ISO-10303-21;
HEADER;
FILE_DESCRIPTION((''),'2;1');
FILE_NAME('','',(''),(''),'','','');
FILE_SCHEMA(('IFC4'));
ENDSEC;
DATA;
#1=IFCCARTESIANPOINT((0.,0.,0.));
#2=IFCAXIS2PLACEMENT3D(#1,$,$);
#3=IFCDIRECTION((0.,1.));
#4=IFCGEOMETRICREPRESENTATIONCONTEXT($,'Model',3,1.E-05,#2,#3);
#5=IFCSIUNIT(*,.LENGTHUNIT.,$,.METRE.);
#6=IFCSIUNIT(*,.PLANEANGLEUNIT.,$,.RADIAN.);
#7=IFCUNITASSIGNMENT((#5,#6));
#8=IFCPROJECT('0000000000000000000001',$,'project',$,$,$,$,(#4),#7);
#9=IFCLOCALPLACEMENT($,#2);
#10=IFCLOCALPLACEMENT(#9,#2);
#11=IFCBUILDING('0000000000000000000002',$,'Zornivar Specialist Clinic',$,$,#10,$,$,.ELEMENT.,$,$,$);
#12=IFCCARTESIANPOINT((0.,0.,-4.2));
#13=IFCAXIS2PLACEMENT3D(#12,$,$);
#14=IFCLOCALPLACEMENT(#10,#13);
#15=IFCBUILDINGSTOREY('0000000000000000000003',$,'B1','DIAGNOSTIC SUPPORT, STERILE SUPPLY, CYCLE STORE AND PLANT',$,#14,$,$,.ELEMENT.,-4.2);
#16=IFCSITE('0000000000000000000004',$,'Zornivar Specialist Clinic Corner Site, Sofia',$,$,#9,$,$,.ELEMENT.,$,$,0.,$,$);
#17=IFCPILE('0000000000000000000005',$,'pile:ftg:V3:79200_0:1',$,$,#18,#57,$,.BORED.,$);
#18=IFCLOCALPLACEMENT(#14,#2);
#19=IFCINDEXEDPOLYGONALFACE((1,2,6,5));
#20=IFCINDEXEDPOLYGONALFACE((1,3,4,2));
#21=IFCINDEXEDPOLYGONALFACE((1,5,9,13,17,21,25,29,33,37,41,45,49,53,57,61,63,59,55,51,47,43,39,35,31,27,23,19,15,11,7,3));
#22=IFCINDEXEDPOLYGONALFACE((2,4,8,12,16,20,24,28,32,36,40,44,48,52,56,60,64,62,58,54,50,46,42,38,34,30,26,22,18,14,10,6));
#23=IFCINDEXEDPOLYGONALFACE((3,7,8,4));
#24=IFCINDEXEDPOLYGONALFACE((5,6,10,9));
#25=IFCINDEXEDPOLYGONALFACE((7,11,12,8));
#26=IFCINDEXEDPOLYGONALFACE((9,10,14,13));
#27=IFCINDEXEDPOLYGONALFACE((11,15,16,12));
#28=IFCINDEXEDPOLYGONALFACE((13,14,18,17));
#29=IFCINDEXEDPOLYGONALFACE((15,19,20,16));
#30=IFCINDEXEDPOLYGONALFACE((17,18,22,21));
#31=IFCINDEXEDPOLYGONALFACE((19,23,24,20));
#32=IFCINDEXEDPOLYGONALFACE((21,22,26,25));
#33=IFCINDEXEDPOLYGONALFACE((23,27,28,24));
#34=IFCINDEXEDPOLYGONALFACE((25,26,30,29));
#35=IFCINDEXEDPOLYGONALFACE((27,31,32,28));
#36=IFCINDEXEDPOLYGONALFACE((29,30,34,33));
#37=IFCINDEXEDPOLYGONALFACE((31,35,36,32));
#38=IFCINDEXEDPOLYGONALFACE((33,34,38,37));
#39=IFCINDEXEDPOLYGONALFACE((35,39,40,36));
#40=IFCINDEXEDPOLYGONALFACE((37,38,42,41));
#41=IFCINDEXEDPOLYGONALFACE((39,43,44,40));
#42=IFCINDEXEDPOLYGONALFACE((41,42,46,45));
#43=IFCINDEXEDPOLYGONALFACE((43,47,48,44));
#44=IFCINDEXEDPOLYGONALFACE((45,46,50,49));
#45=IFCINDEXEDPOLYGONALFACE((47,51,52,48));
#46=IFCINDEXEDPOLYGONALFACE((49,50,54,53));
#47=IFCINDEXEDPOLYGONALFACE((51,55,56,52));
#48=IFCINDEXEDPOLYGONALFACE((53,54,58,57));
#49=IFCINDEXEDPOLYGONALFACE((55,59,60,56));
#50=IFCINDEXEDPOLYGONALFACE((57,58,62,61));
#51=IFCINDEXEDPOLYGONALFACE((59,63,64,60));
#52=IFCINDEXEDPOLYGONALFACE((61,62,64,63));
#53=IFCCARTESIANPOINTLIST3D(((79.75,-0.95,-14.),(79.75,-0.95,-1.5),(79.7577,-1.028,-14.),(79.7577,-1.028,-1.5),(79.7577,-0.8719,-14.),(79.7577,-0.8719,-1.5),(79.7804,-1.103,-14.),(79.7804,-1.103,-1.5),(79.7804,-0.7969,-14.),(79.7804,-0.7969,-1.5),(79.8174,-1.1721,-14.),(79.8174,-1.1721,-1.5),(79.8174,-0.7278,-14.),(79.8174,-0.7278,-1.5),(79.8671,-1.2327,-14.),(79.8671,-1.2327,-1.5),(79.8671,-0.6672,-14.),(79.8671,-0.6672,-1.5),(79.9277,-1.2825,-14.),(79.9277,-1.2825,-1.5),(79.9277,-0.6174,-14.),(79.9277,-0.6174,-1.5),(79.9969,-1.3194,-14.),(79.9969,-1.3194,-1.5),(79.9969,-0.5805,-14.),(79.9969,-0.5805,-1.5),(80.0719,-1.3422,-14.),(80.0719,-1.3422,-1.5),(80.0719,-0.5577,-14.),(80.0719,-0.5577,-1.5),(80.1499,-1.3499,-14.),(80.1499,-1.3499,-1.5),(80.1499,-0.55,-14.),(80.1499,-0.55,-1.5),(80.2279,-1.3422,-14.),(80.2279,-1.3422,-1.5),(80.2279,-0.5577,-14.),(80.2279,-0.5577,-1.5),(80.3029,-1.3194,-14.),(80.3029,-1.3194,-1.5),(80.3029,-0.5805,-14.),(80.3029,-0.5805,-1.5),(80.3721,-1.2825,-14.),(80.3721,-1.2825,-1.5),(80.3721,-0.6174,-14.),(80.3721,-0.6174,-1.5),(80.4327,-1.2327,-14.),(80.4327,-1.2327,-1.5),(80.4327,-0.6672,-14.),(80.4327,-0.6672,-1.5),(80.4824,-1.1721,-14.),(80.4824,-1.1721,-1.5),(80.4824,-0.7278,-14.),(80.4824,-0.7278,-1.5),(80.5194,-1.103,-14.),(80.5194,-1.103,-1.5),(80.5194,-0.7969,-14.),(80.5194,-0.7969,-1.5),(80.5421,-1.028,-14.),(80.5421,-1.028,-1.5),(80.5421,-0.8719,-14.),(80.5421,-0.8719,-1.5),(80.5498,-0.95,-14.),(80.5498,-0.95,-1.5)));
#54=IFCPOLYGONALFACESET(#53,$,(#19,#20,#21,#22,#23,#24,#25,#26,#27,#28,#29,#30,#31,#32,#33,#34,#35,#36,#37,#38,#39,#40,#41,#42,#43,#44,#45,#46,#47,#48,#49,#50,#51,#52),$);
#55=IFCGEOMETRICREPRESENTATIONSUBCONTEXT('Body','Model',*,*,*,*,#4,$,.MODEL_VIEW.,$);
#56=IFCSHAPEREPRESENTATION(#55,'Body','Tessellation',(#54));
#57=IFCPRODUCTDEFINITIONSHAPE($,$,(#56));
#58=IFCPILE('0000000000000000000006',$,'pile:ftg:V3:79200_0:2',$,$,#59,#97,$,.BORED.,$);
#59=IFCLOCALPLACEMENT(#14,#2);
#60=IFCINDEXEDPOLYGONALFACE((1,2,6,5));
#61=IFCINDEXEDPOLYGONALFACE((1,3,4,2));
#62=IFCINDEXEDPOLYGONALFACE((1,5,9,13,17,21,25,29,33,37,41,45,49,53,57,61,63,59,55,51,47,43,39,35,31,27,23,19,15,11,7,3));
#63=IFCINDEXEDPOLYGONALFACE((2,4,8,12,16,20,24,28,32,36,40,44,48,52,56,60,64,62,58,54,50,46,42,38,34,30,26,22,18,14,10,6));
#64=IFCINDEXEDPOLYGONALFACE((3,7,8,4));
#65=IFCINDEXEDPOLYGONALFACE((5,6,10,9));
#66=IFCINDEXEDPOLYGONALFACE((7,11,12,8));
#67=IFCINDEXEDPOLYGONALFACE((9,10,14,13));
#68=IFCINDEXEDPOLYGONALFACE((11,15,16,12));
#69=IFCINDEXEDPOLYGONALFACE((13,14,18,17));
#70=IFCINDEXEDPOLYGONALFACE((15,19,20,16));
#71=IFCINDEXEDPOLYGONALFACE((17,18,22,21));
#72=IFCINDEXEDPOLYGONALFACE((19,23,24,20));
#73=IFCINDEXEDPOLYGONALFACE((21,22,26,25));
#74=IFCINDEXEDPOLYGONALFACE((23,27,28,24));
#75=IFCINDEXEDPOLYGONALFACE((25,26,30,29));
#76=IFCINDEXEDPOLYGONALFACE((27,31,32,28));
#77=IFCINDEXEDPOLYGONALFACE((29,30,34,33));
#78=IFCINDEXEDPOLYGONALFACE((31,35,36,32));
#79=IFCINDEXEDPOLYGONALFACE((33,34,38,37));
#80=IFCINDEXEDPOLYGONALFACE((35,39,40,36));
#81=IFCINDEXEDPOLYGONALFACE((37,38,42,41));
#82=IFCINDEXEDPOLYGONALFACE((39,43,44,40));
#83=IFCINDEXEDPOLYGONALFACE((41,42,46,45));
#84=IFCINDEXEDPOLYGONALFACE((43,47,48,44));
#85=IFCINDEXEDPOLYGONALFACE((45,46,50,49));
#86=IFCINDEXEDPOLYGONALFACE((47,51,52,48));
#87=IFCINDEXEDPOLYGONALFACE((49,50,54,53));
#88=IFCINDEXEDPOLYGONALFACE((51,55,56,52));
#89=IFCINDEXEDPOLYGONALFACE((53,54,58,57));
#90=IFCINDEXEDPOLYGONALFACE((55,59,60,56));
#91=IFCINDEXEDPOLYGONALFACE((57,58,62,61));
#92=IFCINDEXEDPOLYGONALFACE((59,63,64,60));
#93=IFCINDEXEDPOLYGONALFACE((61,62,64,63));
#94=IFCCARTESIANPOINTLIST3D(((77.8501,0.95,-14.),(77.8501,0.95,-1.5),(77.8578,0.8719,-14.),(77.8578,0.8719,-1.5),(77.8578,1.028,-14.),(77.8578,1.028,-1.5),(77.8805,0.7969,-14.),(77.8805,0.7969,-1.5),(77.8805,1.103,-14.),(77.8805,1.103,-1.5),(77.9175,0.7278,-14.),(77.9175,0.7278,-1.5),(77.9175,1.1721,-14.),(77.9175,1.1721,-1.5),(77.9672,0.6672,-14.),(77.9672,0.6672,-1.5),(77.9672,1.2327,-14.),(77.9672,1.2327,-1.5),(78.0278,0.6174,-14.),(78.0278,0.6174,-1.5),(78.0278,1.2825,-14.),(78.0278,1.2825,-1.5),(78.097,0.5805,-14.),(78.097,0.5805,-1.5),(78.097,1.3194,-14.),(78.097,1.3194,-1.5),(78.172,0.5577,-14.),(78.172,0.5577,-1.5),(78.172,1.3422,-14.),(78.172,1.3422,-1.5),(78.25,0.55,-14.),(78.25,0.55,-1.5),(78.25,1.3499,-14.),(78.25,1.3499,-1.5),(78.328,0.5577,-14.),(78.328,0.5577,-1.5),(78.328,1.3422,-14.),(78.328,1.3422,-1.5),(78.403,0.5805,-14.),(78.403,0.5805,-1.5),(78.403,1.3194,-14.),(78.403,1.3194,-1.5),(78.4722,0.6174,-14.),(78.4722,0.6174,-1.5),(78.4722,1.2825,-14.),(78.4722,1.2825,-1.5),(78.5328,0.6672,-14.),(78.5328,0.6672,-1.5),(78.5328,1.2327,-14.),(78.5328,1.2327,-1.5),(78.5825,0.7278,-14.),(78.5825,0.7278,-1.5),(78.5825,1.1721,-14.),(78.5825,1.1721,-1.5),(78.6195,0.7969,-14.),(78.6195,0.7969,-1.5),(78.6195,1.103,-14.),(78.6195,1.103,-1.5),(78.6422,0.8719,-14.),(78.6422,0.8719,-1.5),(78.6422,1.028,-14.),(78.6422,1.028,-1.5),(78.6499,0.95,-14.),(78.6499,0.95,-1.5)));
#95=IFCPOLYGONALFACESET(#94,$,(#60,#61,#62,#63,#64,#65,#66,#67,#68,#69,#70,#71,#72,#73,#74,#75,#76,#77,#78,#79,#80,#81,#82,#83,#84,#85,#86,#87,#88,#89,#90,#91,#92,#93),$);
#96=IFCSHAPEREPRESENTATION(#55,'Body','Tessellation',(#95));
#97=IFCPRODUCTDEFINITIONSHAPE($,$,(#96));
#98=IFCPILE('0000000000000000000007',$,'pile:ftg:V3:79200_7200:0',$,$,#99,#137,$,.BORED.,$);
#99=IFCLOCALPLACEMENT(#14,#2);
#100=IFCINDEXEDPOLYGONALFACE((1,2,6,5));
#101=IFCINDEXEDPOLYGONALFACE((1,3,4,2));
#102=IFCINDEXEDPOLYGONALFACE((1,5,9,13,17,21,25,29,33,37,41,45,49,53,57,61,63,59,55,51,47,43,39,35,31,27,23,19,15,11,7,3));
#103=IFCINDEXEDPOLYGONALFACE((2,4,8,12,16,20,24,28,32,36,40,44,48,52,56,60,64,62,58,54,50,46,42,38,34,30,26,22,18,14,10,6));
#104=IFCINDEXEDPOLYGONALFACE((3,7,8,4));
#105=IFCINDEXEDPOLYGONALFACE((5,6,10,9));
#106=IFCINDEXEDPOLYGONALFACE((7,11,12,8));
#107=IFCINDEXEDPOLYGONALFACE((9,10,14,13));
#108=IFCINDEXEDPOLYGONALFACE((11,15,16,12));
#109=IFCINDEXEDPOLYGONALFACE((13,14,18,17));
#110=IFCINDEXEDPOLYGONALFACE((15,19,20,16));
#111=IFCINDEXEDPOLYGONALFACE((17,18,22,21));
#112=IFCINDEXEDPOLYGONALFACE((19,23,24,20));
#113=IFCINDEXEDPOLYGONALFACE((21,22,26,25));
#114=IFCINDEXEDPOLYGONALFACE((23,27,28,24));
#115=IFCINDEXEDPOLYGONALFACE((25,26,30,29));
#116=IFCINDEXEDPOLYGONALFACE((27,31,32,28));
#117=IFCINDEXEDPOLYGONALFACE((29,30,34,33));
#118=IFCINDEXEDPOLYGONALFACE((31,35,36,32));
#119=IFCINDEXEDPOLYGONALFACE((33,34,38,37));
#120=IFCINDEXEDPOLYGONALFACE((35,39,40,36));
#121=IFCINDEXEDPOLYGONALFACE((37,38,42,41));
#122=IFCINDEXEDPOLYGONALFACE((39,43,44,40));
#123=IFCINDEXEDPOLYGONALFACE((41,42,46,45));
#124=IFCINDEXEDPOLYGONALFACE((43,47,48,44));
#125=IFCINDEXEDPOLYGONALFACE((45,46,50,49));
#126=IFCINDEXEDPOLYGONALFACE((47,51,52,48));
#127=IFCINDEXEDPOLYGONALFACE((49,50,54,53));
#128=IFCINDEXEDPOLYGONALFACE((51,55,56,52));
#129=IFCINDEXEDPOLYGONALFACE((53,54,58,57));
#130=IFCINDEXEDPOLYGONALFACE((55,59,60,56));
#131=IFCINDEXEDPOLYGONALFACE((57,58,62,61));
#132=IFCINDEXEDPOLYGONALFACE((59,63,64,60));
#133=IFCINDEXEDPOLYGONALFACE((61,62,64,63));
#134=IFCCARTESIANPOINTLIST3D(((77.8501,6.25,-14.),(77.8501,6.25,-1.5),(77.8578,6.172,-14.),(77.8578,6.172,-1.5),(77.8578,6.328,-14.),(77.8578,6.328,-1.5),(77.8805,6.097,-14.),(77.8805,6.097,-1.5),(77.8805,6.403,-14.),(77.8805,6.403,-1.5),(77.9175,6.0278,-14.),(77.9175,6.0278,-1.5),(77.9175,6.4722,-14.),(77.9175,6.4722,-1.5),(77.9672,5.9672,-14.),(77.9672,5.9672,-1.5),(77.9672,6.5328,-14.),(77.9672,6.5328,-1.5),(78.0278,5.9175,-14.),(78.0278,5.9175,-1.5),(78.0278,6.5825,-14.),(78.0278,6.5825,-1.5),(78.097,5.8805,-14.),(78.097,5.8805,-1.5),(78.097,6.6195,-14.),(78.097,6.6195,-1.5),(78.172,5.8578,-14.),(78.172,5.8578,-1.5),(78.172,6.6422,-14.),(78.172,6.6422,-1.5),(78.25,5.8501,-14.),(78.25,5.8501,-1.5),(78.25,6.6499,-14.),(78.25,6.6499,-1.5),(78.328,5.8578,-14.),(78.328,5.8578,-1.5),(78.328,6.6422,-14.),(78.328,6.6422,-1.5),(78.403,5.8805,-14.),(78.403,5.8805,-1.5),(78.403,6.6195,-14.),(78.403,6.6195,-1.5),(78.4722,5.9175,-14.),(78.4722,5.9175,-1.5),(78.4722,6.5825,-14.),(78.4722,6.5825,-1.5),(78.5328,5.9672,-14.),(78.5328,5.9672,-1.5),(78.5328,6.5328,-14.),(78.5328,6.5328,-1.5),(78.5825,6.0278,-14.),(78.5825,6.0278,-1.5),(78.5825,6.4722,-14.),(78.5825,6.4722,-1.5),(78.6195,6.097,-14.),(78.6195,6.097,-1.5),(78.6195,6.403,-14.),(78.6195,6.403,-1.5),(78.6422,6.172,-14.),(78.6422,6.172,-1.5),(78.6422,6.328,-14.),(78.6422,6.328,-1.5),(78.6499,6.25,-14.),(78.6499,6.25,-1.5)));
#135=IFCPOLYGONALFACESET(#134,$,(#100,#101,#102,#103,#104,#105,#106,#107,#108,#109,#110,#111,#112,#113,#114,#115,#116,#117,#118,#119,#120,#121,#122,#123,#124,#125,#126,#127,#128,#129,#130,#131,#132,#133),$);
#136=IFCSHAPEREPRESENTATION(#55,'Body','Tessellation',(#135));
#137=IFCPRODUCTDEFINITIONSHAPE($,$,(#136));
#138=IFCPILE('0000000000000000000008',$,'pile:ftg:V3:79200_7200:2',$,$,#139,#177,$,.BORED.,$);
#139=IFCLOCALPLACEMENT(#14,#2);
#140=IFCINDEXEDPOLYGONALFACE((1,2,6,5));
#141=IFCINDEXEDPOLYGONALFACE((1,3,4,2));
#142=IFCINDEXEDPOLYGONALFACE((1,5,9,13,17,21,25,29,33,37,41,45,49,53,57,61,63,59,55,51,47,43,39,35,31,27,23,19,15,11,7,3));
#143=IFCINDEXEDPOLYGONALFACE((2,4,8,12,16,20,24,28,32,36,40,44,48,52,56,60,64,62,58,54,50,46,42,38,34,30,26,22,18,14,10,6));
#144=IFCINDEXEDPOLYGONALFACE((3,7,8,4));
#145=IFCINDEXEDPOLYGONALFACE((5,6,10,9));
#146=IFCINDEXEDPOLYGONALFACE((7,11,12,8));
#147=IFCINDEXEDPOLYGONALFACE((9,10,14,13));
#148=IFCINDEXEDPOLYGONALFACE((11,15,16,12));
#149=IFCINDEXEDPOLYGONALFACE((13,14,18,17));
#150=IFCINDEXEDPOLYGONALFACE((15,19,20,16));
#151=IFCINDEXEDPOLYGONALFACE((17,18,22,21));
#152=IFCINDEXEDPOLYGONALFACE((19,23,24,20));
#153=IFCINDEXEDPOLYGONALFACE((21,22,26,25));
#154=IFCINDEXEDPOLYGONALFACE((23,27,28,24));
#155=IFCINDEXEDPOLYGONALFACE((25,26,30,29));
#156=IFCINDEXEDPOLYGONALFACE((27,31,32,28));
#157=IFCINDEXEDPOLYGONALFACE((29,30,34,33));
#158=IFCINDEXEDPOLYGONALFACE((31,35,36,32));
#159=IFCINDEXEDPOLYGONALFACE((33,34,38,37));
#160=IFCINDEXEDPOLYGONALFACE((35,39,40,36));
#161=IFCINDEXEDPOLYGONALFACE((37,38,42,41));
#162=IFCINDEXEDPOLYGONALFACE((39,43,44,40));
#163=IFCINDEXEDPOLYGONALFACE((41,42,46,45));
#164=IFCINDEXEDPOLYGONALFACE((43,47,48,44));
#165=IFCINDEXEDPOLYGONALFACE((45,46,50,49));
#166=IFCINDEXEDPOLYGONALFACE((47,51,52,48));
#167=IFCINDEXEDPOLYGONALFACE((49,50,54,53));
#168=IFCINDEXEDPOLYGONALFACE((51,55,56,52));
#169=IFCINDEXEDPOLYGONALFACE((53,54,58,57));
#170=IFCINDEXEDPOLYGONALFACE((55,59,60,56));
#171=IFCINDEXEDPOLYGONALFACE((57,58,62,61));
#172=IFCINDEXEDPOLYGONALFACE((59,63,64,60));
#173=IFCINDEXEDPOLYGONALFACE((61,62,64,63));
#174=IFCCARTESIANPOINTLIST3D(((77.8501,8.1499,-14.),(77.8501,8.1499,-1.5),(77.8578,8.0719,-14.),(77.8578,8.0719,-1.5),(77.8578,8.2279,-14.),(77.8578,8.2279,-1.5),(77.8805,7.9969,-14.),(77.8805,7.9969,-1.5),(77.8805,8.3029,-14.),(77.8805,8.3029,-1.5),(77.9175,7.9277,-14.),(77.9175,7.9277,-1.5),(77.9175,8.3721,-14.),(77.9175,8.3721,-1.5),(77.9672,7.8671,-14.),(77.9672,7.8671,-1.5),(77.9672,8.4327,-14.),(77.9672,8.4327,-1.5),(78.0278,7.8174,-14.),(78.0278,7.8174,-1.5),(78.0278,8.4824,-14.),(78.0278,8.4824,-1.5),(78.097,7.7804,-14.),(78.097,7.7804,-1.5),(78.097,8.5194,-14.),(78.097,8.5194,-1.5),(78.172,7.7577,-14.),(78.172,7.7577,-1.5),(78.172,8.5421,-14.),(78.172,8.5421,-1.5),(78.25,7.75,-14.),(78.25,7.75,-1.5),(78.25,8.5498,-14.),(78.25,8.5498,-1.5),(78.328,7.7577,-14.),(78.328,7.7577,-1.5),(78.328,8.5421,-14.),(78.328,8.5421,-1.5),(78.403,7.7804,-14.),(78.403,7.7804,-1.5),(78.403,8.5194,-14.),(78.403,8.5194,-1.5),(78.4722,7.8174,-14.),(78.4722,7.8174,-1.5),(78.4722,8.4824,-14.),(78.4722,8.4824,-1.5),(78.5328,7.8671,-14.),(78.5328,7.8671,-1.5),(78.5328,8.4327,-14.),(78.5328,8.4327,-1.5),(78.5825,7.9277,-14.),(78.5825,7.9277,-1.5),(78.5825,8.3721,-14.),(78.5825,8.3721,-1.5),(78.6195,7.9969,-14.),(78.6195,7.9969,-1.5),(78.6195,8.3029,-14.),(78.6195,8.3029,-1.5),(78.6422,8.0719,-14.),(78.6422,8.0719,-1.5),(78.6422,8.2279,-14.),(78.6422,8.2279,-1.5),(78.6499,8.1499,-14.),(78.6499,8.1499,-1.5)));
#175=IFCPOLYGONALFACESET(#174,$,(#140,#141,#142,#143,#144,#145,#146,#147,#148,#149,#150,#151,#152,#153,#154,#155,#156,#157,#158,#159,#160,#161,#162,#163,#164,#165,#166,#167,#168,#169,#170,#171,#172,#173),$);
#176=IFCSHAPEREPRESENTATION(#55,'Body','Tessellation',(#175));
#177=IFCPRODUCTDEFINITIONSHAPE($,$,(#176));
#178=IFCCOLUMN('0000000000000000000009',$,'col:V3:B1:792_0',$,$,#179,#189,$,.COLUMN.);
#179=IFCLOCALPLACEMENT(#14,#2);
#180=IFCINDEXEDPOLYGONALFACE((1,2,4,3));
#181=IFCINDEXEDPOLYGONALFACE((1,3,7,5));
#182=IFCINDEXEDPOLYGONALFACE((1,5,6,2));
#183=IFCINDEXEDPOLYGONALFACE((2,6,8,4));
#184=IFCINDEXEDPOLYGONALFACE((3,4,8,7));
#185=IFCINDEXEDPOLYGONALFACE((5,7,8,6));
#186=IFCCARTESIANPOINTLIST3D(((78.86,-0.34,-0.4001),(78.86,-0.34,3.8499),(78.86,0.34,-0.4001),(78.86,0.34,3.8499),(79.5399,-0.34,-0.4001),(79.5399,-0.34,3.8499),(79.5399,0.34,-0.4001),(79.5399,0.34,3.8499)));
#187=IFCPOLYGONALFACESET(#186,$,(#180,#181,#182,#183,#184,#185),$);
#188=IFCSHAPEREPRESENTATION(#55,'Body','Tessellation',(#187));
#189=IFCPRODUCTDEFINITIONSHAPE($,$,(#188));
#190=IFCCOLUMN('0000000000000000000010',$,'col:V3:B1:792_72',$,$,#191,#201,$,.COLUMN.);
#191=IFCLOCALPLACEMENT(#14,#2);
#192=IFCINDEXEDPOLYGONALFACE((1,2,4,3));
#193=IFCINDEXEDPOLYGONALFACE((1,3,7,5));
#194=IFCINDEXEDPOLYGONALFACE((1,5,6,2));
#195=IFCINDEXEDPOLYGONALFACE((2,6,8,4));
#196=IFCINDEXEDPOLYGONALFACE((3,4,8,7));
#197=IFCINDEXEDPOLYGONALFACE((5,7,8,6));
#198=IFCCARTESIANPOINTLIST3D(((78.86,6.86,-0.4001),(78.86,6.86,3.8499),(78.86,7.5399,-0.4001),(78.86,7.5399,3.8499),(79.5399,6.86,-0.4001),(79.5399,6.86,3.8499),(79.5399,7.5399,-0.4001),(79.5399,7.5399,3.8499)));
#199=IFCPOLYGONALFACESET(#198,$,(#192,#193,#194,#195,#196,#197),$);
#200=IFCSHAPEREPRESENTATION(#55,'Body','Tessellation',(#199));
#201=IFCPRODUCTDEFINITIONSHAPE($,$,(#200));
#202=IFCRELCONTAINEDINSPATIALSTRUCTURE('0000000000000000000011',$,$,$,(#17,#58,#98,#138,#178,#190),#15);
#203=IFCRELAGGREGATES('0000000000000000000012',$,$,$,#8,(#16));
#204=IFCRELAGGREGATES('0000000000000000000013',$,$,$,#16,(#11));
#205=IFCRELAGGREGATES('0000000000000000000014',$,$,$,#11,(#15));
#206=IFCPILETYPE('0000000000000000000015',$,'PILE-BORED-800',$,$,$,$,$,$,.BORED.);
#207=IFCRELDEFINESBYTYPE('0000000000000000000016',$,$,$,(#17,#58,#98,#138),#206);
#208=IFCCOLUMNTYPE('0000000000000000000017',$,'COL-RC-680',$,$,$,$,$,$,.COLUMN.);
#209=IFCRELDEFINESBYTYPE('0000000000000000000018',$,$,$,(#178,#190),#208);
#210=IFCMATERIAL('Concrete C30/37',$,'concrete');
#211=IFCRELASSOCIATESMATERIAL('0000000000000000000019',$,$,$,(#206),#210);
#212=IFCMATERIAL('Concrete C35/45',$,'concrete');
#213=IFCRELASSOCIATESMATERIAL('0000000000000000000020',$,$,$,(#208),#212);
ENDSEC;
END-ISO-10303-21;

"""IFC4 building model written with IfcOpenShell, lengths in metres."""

from ifc_helpers import new_model, si_unit, direction, frame, origin, origin_2d, place, context, subcontext, project, spatial, rectangle, circle, extrude, material, material_profile, profile_set, type_object, element, save


model = new_model("IFC4")

# Units and contexts
model_context = context("Model", 3, precision=1e-05, world=origin(), true_north=direction((0.0, 1.0)))
body_context = subcontext(model_context, "Body", "Model", "MODEL_VIEW")
ifc_project = project(units=[si_unit("LENGTHUNIT", "METRE"), si_unit("PLANEANGLEUNIT", "RADIAN")], contexts=[model_context])

# Site, building, storey
site_placement = place(None, origin())
site = spatial("IfcSite", under=ifc_project, at=site_placement, Name="Zornivar Specialist Clinic Corner Site, Sofia", CompositionType="ELEMENT", RefElevation=0.0)
building_placement = place(site_placement, origin())
building = spatial("IfcBuilding", under=site, at=building_placement, Name="Zornivar Specialist Clinic", CompositionType="ELEMENT")
storey_placement = place(building_placement, frame((0.0, 0.0, -4.2)))
storey = spatial("IfcBuildingStorey", under=building, at=storey_placement, Name="B1", Description="DIAGNOSTIC SUPPORT, STERILE SUPPLY, CYCLE STORE AND PLANT", CompositionType="ELEMENT", Elevation=-4.2)

# Piles
ifc_material_1 = material(Name="Concrete C30/37", Category="concrete")
ifc_material_profile_1 = material_profile(ifc_material_1, circle(Radius=0.3999, at=origin_2d()), Name="PILE D800")
ifc_profile_set_1 = profile_set([ifc_material_profile_1], Name="Concrete C30/37")
pile_type = type_object("IfcPileType", Name="PILE-BORED-800", PredefinedType="BORED", material=ifc_profile_set_1)
for number, where, z_axis, x_axis, name in (
    (1, (80.1499, -0.95, -1.5), (0.0, 0.0, -1.0), (1.0, 0.0, 0.0), "pile:ftg:V3:79200_0:1"),
    (2, (78.25, 0.95, -1.5), (0.0, 0.0, -1.0), (1.0, 0.0, 0.0), "pile:ftg:V3:79200_0:2"),
    (3, (78.25, 6.25, -1.5), (0.0, 0.0, -1.0), (1.0, 0.0, 0.0), "pile:ftg:V3:79200_7200:0"),
    (4, (78.25, 8.1499, -1.5), (0.0, 0.0, -1.0), (1.0, 0.0, 0.0), "pile:ftg:V3:79200_7200:2"),
):
    element("IfcPile", number, at=place(storey_placement, frame(where, z_axis=z_axis, x_axis=x_axis)), inside=storey, type_object=pile_type, Name=name, PredefinedType="BORED", context=body_context, shape_type="SweptSolid", body=[
        extrude(circle(Radius=0.3999, at=origin_2d()), origin(), (0.0, 0.0, 1.0), 12.5),
    ])

# Columns
ifc_material_2 = material(Name="Concrete C35/45", Category="concrete")
ifc_material_profile_2 = material_profile(ifc_material_2, rectangle(XDim=0.6799, YDim=0.6799, at=origin_2d()), Name="RC 680x680")
ifc_profile_set_2 = profile_set([ifc_material_profile_2], Name="Concrete C35/45")
column_type = type_object("IfcColumnType", Name="COL-RC-680", PredefinedType="COLUMN", material=ifc_profile_set_2)
for number, where, z_axis, x_axis, name in (
    (5, (79.2, 0.0, -0.4001), (0.0, 0.0, 1.0), (1.0, 0.0, 0.0), "col:V3:B1:792_0"),
    (6, (79.2, 7.2, -0.4001), (0.0, 0.0, 1.0), (1.0, 0.0, 0.0), "col:V3:B1:792_72"),
):
    element("IfcColumn", number, at=place(storey_placement, frame(where, z_axis=z_axis, x_axis=x_axis)), inside=storey, type_object=column_type, Name=name, PredefinedType="COLUMN", context=body_context, shape_type="SweptSolid", body=[
        extrude(rectangle(XDim=0.6799, YDim=0.6799, at=origin_2d()), origin(), (0.0, 0.0, 1.0), 4.25),
    ])

save(model, "model.ifc")
